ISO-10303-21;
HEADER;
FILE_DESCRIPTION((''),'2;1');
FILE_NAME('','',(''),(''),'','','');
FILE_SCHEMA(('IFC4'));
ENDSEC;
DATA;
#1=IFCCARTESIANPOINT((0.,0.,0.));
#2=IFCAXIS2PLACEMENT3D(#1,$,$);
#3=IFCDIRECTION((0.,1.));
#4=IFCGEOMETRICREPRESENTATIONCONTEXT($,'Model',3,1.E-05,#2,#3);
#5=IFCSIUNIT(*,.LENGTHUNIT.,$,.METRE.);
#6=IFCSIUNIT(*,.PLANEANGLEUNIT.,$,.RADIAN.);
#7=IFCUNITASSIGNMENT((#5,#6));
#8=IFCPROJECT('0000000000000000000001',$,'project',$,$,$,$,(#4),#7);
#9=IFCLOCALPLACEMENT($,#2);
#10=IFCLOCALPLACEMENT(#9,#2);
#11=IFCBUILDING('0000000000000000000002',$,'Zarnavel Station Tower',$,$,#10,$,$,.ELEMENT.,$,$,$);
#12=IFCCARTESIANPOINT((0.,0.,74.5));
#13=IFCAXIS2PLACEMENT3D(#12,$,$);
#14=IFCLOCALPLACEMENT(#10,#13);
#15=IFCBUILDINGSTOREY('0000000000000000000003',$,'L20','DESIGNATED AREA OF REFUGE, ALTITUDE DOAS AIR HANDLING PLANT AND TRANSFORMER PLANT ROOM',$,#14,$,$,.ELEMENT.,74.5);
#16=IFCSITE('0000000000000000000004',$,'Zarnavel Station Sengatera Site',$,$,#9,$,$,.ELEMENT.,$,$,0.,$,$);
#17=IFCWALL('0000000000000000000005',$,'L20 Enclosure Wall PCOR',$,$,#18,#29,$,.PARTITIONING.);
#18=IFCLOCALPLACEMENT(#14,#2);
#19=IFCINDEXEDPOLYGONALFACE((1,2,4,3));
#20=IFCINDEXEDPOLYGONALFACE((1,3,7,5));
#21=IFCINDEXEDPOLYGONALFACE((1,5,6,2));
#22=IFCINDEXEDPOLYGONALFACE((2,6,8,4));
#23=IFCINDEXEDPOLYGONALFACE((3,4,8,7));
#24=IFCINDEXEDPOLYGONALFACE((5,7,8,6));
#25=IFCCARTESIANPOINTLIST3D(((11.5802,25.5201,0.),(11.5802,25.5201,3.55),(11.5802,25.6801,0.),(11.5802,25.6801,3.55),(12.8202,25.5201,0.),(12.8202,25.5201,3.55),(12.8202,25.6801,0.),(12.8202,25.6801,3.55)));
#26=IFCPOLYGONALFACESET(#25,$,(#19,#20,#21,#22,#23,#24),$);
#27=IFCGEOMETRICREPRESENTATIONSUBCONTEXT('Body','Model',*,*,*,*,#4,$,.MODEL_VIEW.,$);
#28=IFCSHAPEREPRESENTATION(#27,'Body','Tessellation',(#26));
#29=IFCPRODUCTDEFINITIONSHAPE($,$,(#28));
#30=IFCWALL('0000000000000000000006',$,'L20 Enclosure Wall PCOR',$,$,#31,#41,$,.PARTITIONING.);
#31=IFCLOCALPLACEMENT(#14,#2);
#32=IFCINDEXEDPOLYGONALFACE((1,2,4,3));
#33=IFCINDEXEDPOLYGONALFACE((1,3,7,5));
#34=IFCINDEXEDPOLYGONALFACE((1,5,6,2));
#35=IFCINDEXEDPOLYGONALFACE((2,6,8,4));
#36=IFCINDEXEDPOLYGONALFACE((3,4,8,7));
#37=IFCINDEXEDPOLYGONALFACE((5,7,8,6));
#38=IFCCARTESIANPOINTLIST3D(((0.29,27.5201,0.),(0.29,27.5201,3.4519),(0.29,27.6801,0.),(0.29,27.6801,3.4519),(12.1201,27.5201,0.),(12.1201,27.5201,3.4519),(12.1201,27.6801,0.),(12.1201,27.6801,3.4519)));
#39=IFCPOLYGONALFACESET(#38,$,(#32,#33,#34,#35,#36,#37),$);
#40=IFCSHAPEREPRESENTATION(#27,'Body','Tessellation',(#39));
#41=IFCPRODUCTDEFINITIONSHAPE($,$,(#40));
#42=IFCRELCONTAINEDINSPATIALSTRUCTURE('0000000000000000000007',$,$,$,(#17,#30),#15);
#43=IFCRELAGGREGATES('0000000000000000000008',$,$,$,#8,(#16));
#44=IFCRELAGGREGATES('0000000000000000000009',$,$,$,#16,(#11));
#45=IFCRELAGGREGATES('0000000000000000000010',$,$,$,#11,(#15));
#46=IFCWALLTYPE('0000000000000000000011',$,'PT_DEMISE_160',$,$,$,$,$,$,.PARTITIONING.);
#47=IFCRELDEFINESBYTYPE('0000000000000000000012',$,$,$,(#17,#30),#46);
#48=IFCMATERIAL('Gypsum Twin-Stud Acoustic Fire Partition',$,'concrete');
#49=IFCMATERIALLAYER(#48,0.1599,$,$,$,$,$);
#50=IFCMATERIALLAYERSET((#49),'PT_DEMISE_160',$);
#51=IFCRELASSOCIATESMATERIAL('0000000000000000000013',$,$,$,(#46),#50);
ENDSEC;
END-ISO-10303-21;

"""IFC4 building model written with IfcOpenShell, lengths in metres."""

from ifc_helpers import new_model, si_unit, direction, frame, frame_2d, origin, place, context, subcontext, project, spatial, rectangle, extrude, material, layer, layer_set, type_object, element, save


model = new_model("IFC4")

# Units and contexts
model_context = context("Model", 3, precision=1e-05, world=origin(), true_north=direction((0.0, 1.0)))
body_context = subcontext(model_context, "Body", "Model", "MODEL_VIEW")
ifc_project = project(units=[si_unit("LENGTHUNIT", "METRE"), si_unit("PLANEANGLEUNIT", "RADIAN")], contexts=[model_context])

# Site, building, storey
site_placement = place(None, origin())
site = spatial("IfcSite", under=ifc_project, at=site_placement, Name="Zarnavel Station Sengatera Site", CompositionType="ELEMENT", RefElevation=0.0)
building_placement = place(site_placement, origin())
building = spatial("IfcBuilding", under=site, at=building_placement, Name="Zarnavel Station Tower", CompositionType="ELEMENT")
storey_placement = place(building_placement, frame((0.0, 0.0, 74.5)))
storey = spatial("IfcBuildingStorey", under=building, at=storey_placement, Name="L20", Description="DESIGNATED AREA OF REFUGE, ALTITUDE DOAS AIR HANDLING PLANT AND TRANSFORMER PLANT ROOM", CompositionType="ELEMENT", Elevation=74.5)

# Shared definitions
ifc_material_1 = material(Name="Gypsum Twin-Stud Acoustic Fire Partition", Category="concrete")
ifc_layer_1 = layer(ifc_material_1, 0.1599)
ifc_layer_set_1 = layer_set([ifc_layer_1], Name="PT_DEMISE_160")
wall_type_1 = type_object("IfcWallType", Name="PT_DEMISE_160", PredefinedType="PARTITIONING", material=ifc_layer_set_1)

# Walls
wall_1_placement = place(storey_placement, frame((11.5801, 25.6001, 0.0), z_axis=(0.0, 0.0, 1.0), x_axis=(1.0, 0.0, 0.0)))
element("IfcWall", 1, at=wall_1_placement, inside=storey, type_object=wall_type_1, Name="L20 Enclosure Wall PCOR", PredefinedType="PARTITIONING", context=body_context, shape_type="SweptSolid", body=[
    extrude(rectangle(XDim=1.24, YDim=0.1599, at=frame_2d((0.6201, 0.0))), origin(), (0.0, 0.0, 1.0), 3.55),
])
wall_2_placement = place(storey_placement, frame((0.29, 27.6001, 0.0), z_axis=(0.0, 0.0, 1.0), x_axis=(1.0, 0.0, 0.0)))
element("IfcWall", 2, at=wall_2_placement, inside=storey, type_object=wall_type_1, Name="L20 Enclosure Wall PCOR", PredefinedType="PARTITIONING", context=body_context, shape_type="SweptSolid", body=[
    extrude(rectangle(XDim=11.8301, YDim=0.1599, at=frame_2d((5.915, 0.0))), origin(), (0.0, 0.0, 1.0), 3.4519),
])

save(model, "model.ifc")
